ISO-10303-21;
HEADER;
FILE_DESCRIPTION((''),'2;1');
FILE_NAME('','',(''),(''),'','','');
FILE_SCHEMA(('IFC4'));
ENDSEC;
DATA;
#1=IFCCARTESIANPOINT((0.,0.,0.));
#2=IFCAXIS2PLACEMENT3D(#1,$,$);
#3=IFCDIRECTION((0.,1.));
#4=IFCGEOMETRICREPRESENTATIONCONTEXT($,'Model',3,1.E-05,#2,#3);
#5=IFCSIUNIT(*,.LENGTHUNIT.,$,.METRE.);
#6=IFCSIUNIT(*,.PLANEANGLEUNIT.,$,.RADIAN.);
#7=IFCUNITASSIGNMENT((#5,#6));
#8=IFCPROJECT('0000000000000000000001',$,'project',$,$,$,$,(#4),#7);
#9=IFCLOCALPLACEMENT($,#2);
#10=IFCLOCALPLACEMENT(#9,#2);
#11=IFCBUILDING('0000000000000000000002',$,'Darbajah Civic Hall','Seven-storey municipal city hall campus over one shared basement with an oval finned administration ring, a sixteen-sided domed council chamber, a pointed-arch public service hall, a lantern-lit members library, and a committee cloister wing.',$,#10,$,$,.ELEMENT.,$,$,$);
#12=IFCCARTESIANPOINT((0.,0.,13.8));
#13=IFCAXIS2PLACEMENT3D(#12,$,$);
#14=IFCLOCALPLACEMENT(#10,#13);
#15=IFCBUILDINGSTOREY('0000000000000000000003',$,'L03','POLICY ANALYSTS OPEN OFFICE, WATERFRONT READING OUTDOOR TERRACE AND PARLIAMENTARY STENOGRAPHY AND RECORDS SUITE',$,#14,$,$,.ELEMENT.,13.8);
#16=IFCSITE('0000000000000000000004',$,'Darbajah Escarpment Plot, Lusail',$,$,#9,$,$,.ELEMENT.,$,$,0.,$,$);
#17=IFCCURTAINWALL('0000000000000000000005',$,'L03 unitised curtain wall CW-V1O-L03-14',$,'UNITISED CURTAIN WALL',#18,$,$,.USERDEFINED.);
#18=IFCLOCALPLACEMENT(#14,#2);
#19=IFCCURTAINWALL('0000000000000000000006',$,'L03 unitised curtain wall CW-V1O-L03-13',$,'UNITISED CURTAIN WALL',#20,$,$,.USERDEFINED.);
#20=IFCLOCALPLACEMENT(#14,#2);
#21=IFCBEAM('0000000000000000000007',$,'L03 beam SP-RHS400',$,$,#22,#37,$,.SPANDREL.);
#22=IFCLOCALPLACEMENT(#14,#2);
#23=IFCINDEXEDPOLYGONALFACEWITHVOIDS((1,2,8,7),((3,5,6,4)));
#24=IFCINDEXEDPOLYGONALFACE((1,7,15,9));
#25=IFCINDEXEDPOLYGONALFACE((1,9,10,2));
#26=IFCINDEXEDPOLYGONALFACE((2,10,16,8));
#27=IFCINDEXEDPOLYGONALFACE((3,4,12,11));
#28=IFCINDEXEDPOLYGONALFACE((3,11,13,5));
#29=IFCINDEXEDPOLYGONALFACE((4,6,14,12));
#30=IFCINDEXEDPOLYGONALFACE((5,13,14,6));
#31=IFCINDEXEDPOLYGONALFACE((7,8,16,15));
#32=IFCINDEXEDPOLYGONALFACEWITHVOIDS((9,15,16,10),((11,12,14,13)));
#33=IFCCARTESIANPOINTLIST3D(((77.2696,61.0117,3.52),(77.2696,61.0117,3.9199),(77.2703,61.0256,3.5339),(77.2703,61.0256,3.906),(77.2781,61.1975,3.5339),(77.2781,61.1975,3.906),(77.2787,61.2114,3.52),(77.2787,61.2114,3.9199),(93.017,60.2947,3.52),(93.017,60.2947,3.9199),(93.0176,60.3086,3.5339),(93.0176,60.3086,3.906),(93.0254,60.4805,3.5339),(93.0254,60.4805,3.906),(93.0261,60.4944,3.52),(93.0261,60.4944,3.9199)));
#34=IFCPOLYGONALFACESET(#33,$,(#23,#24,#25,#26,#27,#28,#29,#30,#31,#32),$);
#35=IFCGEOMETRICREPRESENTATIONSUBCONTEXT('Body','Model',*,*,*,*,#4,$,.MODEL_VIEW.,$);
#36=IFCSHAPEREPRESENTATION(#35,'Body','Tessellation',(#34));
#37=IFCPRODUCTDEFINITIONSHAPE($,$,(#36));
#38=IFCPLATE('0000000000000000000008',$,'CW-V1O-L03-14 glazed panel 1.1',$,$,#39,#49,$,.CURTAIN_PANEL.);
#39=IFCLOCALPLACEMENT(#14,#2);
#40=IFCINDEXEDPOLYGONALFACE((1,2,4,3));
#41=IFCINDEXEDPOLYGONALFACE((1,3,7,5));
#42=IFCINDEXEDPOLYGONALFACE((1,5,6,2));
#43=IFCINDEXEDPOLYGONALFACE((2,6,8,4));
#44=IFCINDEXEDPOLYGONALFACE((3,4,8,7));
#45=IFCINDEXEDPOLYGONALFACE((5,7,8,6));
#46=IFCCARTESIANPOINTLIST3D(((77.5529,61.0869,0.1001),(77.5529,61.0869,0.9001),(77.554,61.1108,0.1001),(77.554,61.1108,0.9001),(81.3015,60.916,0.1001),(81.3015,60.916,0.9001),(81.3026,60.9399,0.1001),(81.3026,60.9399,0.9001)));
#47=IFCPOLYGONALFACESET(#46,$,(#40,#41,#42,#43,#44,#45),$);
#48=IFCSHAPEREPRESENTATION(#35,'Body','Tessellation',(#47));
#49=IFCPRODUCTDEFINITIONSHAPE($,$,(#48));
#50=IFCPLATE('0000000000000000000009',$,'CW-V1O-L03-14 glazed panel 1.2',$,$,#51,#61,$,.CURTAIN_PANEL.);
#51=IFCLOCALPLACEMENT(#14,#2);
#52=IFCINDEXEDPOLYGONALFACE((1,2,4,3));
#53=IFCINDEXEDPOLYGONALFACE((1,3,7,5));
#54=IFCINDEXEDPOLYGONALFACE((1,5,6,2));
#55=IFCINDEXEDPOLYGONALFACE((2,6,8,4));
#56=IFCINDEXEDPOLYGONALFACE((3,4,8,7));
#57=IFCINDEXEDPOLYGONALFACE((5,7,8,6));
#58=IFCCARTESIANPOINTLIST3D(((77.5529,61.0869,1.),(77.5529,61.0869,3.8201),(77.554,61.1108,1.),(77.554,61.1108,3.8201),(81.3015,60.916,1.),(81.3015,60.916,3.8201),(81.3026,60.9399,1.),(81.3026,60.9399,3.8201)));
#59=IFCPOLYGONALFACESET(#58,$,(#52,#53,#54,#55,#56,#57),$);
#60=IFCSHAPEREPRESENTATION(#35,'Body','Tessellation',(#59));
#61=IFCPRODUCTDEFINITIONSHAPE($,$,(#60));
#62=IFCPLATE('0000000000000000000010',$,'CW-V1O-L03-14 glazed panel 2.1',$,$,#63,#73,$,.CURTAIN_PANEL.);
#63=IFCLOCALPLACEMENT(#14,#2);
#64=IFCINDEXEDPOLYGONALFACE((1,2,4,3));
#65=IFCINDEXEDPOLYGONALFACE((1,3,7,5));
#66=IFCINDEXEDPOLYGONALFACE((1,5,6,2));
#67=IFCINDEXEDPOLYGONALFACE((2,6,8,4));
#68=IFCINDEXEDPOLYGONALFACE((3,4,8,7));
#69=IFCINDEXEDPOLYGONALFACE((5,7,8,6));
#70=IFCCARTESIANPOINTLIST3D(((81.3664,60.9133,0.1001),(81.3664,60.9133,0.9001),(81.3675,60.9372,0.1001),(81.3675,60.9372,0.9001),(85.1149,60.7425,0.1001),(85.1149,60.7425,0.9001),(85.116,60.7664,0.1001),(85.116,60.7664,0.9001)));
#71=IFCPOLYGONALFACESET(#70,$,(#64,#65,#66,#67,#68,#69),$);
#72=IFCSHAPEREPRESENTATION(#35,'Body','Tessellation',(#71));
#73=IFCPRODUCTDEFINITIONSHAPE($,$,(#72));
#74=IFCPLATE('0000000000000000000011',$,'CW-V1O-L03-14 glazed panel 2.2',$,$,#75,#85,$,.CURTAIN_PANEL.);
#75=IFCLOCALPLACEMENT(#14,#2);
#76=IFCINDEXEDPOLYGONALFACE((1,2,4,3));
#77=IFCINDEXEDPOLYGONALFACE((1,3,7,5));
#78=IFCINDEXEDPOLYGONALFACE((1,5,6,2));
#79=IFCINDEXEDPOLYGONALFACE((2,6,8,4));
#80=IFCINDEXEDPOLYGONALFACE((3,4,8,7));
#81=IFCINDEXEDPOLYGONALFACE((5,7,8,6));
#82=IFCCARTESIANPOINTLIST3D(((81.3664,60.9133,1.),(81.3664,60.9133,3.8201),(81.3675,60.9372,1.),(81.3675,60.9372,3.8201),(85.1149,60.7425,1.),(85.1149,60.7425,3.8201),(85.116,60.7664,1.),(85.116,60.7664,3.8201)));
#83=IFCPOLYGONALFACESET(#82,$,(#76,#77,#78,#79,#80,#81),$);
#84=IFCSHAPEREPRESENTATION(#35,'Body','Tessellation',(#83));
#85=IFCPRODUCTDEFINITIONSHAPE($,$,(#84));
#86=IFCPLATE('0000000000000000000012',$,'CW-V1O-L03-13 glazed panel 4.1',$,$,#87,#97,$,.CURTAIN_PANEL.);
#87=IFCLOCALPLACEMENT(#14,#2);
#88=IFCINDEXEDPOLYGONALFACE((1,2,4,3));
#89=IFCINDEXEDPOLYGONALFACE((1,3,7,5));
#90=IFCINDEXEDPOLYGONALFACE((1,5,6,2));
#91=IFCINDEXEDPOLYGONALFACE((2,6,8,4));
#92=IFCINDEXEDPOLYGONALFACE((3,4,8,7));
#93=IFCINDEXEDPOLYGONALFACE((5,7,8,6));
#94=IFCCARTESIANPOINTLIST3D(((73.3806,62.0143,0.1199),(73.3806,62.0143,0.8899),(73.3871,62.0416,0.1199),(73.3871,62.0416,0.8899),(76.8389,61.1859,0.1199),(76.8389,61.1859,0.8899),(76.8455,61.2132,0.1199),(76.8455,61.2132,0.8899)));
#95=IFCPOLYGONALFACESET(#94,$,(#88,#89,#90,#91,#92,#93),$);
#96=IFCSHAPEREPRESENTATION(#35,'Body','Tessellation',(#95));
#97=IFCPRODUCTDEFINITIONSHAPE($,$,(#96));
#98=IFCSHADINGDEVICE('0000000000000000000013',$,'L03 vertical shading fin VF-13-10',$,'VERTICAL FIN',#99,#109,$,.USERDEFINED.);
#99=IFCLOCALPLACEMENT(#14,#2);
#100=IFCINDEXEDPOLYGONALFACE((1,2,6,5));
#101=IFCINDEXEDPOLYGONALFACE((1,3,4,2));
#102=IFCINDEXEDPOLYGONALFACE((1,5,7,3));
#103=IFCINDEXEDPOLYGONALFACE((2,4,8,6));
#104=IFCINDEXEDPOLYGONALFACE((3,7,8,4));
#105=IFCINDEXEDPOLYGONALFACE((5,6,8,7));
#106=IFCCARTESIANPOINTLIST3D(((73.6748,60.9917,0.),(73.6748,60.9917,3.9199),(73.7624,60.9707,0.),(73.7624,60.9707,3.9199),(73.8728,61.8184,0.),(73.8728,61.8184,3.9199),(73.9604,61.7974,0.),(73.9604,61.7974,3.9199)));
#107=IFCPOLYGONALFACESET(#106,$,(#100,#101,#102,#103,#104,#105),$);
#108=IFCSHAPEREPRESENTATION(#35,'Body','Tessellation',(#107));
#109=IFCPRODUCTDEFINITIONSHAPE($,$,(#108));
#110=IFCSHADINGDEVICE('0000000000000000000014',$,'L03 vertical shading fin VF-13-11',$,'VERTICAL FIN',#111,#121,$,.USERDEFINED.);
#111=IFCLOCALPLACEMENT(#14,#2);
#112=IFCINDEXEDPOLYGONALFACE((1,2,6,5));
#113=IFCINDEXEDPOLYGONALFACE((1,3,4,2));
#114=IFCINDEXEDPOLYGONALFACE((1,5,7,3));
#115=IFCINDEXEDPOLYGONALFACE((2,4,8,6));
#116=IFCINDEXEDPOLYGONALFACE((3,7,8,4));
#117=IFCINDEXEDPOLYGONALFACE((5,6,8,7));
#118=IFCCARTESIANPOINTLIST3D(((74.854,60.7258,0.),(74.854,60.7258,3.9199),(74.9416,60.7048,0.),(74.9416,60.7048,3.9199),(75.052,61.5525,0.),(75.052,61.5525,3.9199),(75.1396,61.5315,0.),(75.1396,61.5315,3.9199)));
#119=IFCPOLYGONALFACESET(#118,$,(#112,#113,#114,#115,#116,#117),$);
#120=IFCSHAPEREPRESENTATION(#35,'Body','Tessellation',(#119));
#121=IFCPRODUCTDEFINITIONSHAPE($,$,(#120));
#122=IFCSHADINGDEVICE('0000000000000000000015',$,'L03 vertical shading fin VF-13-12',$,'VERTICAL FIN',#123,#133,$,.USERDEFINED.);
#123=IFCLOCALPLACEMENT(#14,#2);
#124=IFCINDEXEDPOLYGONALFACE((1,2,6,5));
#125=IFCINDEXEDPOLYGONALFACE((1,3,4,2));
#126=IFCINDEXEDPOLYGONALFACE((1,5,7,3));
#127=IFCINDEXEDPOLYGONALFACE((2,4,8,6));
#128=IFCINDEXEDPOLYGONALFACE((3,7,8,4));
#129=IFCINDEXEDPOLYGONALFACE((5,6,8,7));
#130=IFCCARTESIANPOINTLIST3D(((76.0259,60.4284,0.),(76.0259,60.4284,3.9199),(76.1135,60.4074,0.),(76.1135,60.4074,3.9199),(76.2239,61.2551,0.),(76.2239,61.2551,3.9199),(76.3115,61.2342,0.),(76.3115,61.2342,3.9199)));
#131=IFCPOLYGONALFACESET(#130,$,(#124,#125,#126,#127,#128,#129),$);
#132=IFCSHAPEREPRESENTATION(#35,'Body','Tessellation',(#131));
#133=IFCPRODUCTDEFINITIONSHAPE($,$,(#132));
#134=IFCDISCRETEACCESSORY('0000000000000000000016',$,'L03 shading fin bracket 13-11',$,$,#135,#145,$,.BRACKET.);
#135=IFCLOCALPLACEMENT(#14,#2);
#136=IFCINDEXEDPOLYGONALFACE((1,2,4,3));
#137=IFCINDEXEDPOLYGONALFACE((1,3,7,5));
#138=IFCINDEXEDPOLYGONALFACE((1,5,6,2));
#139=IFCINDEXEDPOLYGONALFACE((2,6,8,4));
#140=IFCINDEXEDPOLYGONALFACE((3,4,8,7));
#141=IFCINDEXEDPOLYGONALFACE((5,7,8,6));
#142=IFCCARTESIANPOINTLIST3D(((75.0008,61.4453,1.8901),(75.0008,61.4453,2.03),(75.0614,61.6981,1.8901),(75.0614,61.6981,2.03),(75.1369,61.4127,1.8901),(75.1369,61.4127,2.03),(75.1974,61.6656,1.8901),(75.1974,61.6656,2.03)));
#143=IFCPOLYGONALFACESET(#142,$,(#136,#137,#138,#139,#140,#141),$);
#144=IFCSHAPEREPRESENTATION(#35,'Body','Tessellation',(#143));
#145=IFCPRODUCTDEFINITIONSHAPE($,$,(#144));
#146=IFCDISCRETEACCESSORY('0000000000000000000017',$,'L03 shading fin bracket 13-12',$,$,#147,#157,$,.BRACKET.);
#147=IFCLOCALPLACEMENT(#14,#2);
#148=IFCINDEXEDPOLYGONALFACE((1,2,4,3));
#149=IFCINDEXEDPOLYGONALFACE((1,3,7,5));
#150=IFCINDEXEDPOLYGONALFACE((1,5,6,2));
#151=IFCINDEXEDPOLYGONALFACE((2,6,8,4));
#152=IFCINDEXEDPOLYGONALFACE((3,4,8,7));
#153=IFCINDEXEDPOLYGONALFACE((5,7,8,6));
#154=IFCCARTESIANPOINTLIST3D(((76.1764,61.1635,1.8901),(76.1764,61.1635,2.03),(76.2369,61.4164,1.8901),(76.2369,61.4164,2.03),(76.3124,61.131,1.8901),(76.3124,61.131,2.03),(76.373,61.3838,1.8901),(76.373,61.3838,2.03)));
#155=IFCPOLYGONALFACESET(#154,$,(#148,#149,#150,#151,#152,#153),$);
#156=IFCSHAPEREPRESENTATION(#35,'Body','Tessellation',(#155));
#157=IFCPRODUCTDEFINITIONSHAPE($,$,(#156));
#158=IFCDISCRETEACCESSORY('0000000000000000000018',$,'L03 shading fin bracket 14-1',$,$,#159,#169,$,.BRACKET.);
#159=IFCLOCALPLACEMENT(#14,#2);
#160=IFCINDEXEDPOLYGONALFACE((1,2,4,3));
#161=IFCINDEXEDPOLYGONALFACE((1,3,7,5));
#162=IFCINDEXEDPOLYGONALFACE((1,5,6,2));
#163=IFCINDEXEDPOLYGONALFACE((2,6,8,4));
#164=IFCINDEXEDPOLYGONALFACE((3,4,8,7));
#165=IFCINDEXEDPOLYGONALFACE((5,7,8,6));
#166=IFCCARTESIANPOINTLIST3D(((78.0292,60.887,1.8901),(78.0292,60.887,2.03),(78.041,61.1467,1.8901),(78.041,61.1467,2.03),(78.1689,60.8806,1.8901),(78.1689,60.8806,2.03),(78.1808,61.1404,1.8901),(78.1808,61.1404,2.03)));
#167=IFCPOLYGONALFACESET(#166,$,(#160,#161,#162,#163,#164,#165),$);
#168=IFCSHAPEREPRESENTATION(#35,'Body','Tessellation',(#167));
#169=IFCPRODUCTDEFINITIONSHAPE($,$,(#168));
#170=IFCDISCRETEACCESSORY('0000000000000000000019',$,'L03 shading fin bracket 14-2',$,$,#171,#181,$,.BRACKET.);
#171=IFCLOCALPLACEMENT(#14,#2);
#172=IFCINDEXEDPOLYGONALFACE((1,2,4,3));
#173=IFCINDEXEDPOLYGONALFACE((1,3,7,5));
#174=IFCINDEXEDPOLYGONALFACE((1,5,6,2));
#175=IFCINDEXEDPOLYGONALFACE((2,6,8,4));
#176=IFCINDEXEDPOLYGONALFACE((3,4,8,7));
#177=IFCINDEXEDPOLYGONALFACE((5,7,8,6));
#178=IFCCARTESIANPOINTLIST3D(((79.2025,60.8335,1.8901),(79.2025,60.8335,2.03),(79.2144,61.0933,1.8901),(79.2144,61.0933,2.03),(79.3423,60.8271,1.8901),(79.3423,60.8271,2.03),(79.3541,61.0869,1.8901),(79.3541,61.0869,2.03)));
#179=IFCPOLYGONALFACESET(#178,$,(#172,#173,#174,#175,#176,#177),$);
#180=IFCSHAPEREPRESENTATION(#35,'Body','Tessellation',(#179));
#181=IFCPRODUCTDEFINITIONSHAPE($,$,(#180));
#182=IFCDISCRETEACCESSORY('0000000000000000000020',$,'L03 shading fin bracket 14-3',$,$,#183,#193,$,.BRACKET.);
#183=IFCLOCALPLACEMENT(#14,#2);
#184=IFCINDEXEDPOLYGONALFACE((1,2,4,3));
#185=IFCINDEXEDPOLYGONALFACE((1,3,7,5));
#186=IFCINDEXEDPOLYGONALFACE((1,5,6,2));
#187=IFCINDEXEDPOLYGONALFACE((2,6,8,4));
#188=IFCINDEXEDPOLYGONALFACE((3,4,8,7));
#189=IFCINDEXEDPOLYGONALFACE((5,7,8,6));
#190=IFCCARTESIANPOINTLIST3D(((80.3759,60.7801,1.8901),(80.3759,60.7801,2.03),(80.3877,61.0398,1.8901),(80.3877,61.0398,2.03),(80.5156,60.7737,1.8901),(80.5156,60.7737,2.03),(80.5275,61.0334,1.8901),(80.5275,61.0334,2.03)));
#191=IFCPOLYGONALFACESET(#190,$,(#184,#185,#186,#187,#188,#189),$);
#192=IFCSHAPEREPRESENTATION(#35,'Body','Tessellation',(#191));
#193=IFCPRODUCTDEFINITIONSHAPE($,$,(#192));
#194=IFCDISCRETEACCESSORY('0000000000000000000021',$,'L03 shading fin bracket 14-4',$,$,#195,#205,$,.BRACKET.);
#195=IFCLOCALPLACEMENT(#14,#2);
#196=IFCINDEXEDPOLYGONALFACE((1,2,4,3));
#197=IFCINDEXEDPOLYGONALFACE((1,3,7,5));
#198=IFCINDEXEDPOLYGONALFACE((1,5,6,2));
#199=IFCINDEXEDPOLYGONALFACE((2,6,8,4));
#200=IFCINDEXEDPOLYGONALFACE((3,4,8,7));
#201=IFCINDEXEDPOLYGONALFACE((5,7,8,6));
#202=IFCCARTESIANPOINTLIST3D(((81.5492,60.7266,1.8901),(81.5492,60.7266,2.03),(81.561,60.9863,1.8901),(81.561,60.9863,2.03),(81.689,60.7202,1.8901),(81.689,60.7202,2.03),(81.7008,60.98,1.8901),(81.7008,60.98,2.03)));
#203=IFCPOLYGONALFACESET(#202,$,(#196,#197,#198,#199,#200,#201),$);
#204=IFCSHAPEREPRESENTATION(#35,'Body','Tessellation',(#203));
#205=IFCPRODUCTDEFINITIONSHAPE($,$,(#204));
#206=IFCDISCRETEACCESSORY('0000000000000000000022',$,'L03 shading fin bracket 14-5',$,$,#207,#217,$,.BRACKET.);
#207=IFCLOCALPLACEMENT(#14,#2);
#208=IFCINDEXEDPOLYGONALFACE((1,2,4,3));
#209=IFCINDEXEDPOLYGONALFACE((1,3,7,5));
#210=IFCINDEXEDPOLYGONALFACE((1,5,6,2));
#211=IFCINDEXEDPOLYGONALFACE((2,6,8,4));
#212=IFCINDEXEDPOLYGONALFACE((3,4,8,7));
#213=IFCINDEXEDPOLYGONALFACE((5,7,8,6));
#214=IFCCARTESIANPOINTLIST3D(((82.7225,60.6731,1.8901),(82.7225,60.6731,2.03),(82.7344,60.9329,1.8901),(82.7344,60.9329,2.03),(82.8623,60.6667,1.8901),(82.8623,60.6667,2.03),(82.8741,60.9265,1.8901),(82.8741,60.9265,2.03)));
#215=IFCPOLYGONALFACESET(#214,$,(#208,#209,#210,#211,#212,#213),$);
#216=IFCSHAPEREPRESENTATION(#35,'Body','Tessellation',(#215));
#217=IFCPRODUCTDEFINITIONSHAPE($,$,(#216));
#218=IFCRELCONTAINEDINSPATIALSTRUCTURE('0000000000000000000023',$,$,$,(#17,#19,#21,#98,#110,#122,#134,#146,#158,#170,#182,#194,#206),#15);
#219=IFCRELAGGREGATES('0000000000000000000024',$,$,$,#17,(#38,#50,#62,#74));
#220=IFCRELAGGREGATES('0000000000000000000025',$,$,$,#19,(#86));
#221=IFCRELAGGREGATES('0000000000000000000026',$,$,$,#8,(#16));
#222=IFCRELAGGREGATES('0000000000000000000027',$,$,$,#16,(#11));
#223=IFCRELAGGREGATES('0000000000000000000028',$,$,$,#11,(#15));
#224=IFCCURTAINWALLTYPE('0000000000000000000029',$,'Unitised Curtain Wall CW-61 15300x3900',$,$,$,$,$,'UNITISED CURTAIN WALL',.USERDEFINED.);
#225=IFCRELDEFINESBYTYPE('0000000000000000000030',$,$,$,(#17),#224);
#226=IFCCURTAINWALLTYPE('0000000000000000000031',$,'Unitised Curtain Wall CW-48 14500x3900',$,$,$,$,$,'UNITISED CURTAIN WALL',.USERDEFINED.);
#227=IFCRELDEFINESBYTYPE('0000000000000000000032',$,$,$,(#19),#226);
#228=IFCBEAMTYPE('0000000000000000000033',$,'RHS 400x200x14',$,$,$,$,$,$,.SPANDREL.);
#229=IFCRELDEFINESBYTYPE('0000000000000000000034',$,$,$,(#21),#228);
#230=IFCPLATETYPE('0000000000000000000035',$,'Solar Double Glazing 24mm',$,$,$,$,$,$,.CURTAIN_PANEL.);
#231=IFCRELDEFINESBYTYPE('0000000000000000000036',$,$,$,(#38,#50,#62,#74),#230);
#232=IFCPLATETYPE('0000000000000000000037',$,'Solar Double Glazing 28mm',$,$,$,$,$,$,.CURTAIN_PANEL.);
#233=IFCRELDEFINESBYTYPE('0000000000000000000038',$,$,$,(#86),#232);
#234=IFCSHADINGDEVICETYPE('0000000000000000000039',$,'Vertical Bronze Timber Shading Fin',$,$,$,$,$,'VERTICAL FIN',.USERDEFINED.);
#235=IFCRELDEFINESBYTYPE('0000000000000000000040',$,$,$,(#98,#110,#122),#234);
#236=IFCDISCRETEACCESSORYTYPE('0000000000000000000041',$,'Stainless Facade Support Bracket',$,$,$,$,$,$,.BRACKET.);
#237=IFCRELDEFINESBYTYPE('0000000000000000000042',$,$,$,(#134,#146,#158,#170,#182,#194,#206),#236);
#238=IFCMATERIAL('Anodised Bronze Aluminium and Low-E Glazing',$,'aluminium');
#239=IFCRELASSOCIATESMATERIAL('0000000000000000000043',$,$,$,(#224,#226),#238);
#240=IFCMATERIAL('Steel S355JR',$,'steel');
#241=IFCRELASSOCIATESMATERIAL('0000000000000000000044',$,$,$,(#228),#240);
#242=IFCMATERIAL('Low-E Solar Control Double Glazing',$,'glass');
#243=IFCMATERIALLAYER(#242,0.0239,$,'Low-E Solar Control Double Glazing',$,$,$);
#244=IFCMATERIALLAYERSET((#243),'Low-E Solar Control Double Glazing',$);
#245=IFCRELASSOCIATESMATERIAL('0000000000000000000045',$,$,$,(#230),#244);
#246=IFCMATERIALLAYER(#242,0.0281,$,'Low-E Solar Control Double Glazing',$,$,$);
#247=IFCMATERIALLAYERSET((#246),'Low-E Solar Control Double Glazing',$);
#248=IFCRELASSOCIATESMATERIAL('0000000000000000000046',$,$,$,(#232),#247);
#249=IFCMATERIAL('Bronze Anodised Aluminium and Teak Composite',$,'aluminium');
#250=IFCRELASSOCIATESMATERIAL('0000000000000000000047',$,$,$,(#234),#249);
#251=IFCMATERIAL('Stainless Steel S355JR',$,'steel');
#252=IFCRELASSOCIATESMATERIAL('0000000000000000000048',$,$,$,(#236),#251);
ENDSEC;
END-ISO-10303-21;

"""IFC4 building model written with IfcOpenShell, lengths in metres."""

from ifc_helpers import new_model, si_unit, direction, frame, origin, origin_2d, place, context, subcontext, project, spatial, rectangle, hollow_rectangle, extrude, material, layer, layer_set, material_profile, profile_set, type_object, element, aggregate, save


model = new_model("IFC4")

# Units and contexts
model_context = context("Model", 3, precision=1e-05, world=origin(), true_north=direction((0.0, 1.0)))
body_context = subcontext(model_context, "Body", "Model", "MODEL_VIEW")
ifc_project = project(units=[si_unit("LENGTHUNIT", "METRE"), si_unit("PLANEANGLEUNIT", "RADIAN")], contexts=[model_context])

# Site, building, storey
site_placement = place(None, origin())
site = spatial("IfcSite", under=ifc_project, at=site_placement, Name="Darbajah Escarpment Plot, Lusail", CompositionType="ELEMENT", RefElevation=0.0)
building_placement = place(site_placement, origin())
building = spatial("IfcBuilding", under=site, at=building_placement, Name="Darbajah Civic Hall", Description="Seven-storey municipal city hall campus over one shared basement with an oval finned administration ring, a sixteen-sided domed council chamber, a pointed-arch public service hall, a lantern-lit members library, and a committee cloister wing.", CompositionType="ELEMENT")
storey_placement = place(building_placement, frame((0.0, 0.0, 13.8)))
storey = spatial("IfcBuildingStorey", under=building, at=storey_placement, Name="L03", Description="POLICY ANALYSTS OPEN OFFICE, WATERFRONT READING OUTDOOR TERRACE AND PARLIAMENTARY STENOGRAPHY AND RECORDS SUITE", CompositionType="ELEMENT", Elevation=13.8)

# Curtain wall
ifc_material_1 = material(Name="Anodised Bronze Aluminium and Low-E Glazing", Category="aluminium")
curtain_wall_type_1 = type_object("IfcCurtainWallType", Name="Unitised Curtain Wall CW-61 15300x3900", ElementType="UNITISED CURTAIN WALL", PredefinedType="USERDEFINED", material=ifc_material_1)
curtain_wall_1_placement = place(storey_placement, origin())
curtain_wall_1 = element("IfcCurtainWall", 1, at=curtain_wall_1_placement, inside=storey, type_object=curtain_wall_type_1, Name="L03 unitised curtain wall CW-V1O-L03-14", ObjectType="UNITISED CURTAIN WALL", PredefinedType="USERDEFINED")

# Curtain wall
curtain_wall_type_2 = type_object("IfcCurtainWallType", Name="Unitised Curtain Wall CW-48 14500x3900", ElementType="UNITISED CURTAIN WALL", PredefinedType="USERDEFINED", material=ifc_material_1)
curtain_wall_2_placement = place(storey_placement, origin())
curtain_wall_2 = element("IfcCurtainWall", 2, at=curtain_wall_2_placement, inside=storey, type_object=curtain_wall_type_2, Name="L03 unitised curtain wall CW-V1O-L03-13", ObjectType="UNITISED CURTAIN WALL", PredefinedType="USERDEFINED")

# Beam
ifc_material_2 = material(Name="Steel S355JR", Category="steel")
ifc_material_profile_1 = material_profile(ifc_material_2, hollow_rectangle(XDim=0.2, YDim=0.3999, WallThickness=0.0139, at=origin_2d()), Name="RHS 400x200x14")
ifc_profile_set_1 = profile_set([ifc_material_profile_1], Name="Steel S355JR")
beam_type = type_object("IfcBeamType", Name="RHS 400x200x14", PredefinedType="SPANDREL", material=ifc_profile_set_1)
beam_placement = place(storey_placement, frame((77.2742, 61.1116, 3.72), z_axis=(0.998965, -0.045487, 0.0), x_axis=(0.045487, 0.998965, 0.0)))
element("IfcBeam", 3, at=beam_placement, inside=storey, type_object=beam_type, Name="L03 beam SP-RHS400", PredefinedType="SPANDREL", context=body_context, shape_type="SweptSolid", body=[
    extrude(hollow_rectangle(XDim=0.2, YDim=0.3999, WallThickness=0.0139, at=origin_2d()), origin(), (0.0, 0.0, 1.0), 15.7637),
])

# Plates
ifc_material_3 = material(Name="Low-E Solar Control Double Glazing", Category="glass")
ifc_layer_1 = layer(ifc_material_3, 0.0239, Name="Low-E Solar Control Double Glazing")
ifc_layer_set_1 = layer_set([ifc_layer_1], Name="Low-E Solar Control Double Glazing")
plate_type_1 = type_object("IfcPlateType", Name="Solar Double Glazing 24mm", PredefinedType="CURTAIN_PANEL", material=ifc_layer_set_1)
plate_1_placement = place(storey_placement, frame((79.4277, 61.0134, 0.1001), z_axis=(0.0, 0.0, 1.0), x_axis=(0.998963, -0.045537, 0.0)))
plate_1 = element("IfcPlate", 4, at=plate_1_placement, type_object=plate_type_1, Name="CW-V1O-L03-14 glazed panel 1.1", PredefinedType="CURTAIN_PANEL", context=body_context, shape_type="SweptSolid", body=[
    extrude(rectangle(XDim=3.7524, YDim=0.0239, at=origin_2d()), origin(), (0.0, 0.0, 1.0), 0.8),
])
plate_2_placement = place(storey_placement, frame((79.4277, 61.0134, 1.0), z_axis=(0.0, 0.0, 1.0), x_axis=(0.998963, -0.045537, 0.0)))
plate_2 = element("IfcPlate", 5, at=plate_2_placement, type_object=plate_type_1, Name="CW-V1O-L03-14 glazed panel 1.2", PredefinedType="CURTAIN_PANEL", context=body_context, shape_type="SweptSolid", body=[
    extrude(rectangle(XDim=3.7524, YDim=0.0239, at=origin_2d()), origin(), (0.0, 0.0, 1.0), 2.8201),
])
plate_3_placement = place(storey_placement, frame((83.2412, 60.8398, 0.1001), z_axis=(0.0, 0.0, 1.0), x_axis=(0.998963, -0.045537, 0.0)))
plate_3 = element("IfcPlate", 6, at=plate_3_placement, type_object=plate_type_1, Name="CW-V1O-L03-14 glazed panel 2.1", PredefinedType="CURTAIN_PANEL", context=body_context, shape_type="SweptSolid", body=[
    extrude(rectangle(XDim=3.7524, YDim=0.0239, at=origin_2d()), origin(), (0.0, 0.0, 1.0), 0.8),
])
plate_4_placement = place(storey_placement, frame((83.2412, 60.8398, 1.0), z_axis=(0.0, 0.0, 1.0), x_axis=(0.998963, -0.045537, 0.0)))
plate_4 = element("IfcPlate", 7, at=plate_4_placement, type_object=plate_type_1, Name="CW-V1O-L03-14 glazed panel 2.2", PredefinedType="CURTAIN_PANEL", context=body_context, shape_type="SweptSolid", body=[
    extrude(rectangle(XDim=3.7524, YDim=0.0239, at=origin_2d()), origin(), (0.0, 0.0, 1.0), 2.8201),
])
aggregate(curtain_wall_1, [plate_1, plate_2, plate_3, plate_4])
ifc_layer_2 = layer(ifc_material_3, 0.0281, Name="Low-E Solar Control Double Glazing")
ifc_layer_set_2 = layer_set([ifc_layer_2], Name="Low-E Solar Control Double Glazing")
plate_type_2 = type_object("IfcPlateType", Name="Solar Double Glazing 28mm", PredefinedType="CURTAIN_PANEL", material=ifc_layer_set_2)
plate_5_placement = place(storey_placement, frame((75.113, 61.6138, 0.1199), z_axis=(0.0, 0.0, 1.0), x_axis=(0.972492, -0.232936, 0.0)))
plate_5 = element("IfcPlate", 8, at=plate_5_placement, type_object=plate_type_2, Name="CW-V1O-L03-13 glazed panel 4.1", PredefinedType="CURTAIN_PANEL", context=body_context, shape_type="SweptSolid", body=[
    extrude(rectangle(XDim=3.5562, YDim=0.0281, at=origin_2d()), origin(), (0.0, 0.0, 1.0), 0.77),
])
aggregate(curtain_wall_2, [plate_5])

# Shading devices
ifc_material_4 = material(Name="Bronze Anodised Aluminium and Teak Composite", Category="aluminium")
shading_device_type = type_object("IfcShadingDeviceType", Name="Vertical Bronze Timber Shading Fin", ElementType="VERTICAL FIN", PredefinedType="USERDEFINED", material=ifc_material_4)
for number, where, z_axis, x_axis, name in (
    (9, (73.8176, 61.3945, 0.0), (0.0, 0.0, 1.0), (-0.232936, -0.972492, 0.0), "L03 vertical shading fin VF-13-10"),
    (10, (74.9968, 61.1287, 0.0), (0.0, 0.0, 1.0), (-0.232936, -0.972492, 0.0), "L03 vertical shading fin VF-13-11"),
    (11, (76.1687, 60.8313, 0.0), (0.0, 0.0, 1.0), (-0.232936, -0.972492, 0.0), "L03 vertical shading fin VF-13-12"),
):
    element("IfcShadingDevice", number, at=place(storey_placement, frame(where, z_axis=z_axis, x_axis=x_axis)), inside=storey, type_object=shading_device_type, Name=name, ObjectType="VERTICAL FIN", PredefinedType="USERDEFINED", context=body_context, shape_type="SweptSolid", body=[
        extrude(rectangle(XDim=0.8501, YDim=0.0901, at=origin_2d()), origin(), (0.0, 0.0, 1.0), 3.9199),
    ])

# Discrete accessories
ifc_material_5 = material(Name="Stainless Steel S355JR", Category="steel")
discrete_accessory_type = type_object("IfcDiscreteAccessoryType", Name="Stainless Facade Support Bracket", PredefinedType="BRACKET", material=ifc_material_5)
for number, where, z_axis, x_axis, name in (
    (12, (75.0991, 61.5554, 1.8901), (0.0, 0.0, 1.0), (-0.232936, -0.972492, 0.0), "L03 shading fin bracket 13-11"),
    (13, (76.2747, 61.2737, 1.8901), (0.0, 0.0, 1.0), (-0.232936, -0.972492, 0.0), "L03 shading fin bracket 13-12"),
    (14, (78.105, 61.0137, 1.8901), (0.0, 0.0, 1.0), (-0.045537, -0.998963, 0.0), "L03 shading fin bracket 14-1"),
    (15, (79.2783, 60.9602, 1.8901), (0.0, 0.0, 1.0), (-0.045537, -0.998963, 0.0), "L03 shading fin bracket 14-2"),
    (16, (80.4517, 60.9067, 1.8901), (0.0, 0.0, 1.0), (-0.045537, -0.998963, 0.0), "L03 shading fin bracket 14-3"),
    (17, (81.625, 60.8533, 1.8901), (0.0, 0.0, 1.0), (-0.045537, -0.998963, 0.0), "L03 shading fin bracket 14-4"),
    (18, (82.7983, 60.7998, 1.8901), (0.0, 0.0, 1.0), (-0.045537, -0.998963, 0.0), "L03 shading fin bracket 14-5"),
):
    element("IfcDiscreteAccessory", number, at=place(storey_placement, frame(where, z_axis=z_axis, x_axis=x_axis)), inside=storey, type_object=discrete_accessory_type, Name=name, PredefinedType="BRACKET", context=body_context, shape_type="SweptSolid", body=[
        extrude(rectangle(XDim=0.26, YDim=0.1399, at=origin_2d()), origin(), (0.0, 0.0, 1.0), 0.1399),
    ])

save(model, "model.ifc")
